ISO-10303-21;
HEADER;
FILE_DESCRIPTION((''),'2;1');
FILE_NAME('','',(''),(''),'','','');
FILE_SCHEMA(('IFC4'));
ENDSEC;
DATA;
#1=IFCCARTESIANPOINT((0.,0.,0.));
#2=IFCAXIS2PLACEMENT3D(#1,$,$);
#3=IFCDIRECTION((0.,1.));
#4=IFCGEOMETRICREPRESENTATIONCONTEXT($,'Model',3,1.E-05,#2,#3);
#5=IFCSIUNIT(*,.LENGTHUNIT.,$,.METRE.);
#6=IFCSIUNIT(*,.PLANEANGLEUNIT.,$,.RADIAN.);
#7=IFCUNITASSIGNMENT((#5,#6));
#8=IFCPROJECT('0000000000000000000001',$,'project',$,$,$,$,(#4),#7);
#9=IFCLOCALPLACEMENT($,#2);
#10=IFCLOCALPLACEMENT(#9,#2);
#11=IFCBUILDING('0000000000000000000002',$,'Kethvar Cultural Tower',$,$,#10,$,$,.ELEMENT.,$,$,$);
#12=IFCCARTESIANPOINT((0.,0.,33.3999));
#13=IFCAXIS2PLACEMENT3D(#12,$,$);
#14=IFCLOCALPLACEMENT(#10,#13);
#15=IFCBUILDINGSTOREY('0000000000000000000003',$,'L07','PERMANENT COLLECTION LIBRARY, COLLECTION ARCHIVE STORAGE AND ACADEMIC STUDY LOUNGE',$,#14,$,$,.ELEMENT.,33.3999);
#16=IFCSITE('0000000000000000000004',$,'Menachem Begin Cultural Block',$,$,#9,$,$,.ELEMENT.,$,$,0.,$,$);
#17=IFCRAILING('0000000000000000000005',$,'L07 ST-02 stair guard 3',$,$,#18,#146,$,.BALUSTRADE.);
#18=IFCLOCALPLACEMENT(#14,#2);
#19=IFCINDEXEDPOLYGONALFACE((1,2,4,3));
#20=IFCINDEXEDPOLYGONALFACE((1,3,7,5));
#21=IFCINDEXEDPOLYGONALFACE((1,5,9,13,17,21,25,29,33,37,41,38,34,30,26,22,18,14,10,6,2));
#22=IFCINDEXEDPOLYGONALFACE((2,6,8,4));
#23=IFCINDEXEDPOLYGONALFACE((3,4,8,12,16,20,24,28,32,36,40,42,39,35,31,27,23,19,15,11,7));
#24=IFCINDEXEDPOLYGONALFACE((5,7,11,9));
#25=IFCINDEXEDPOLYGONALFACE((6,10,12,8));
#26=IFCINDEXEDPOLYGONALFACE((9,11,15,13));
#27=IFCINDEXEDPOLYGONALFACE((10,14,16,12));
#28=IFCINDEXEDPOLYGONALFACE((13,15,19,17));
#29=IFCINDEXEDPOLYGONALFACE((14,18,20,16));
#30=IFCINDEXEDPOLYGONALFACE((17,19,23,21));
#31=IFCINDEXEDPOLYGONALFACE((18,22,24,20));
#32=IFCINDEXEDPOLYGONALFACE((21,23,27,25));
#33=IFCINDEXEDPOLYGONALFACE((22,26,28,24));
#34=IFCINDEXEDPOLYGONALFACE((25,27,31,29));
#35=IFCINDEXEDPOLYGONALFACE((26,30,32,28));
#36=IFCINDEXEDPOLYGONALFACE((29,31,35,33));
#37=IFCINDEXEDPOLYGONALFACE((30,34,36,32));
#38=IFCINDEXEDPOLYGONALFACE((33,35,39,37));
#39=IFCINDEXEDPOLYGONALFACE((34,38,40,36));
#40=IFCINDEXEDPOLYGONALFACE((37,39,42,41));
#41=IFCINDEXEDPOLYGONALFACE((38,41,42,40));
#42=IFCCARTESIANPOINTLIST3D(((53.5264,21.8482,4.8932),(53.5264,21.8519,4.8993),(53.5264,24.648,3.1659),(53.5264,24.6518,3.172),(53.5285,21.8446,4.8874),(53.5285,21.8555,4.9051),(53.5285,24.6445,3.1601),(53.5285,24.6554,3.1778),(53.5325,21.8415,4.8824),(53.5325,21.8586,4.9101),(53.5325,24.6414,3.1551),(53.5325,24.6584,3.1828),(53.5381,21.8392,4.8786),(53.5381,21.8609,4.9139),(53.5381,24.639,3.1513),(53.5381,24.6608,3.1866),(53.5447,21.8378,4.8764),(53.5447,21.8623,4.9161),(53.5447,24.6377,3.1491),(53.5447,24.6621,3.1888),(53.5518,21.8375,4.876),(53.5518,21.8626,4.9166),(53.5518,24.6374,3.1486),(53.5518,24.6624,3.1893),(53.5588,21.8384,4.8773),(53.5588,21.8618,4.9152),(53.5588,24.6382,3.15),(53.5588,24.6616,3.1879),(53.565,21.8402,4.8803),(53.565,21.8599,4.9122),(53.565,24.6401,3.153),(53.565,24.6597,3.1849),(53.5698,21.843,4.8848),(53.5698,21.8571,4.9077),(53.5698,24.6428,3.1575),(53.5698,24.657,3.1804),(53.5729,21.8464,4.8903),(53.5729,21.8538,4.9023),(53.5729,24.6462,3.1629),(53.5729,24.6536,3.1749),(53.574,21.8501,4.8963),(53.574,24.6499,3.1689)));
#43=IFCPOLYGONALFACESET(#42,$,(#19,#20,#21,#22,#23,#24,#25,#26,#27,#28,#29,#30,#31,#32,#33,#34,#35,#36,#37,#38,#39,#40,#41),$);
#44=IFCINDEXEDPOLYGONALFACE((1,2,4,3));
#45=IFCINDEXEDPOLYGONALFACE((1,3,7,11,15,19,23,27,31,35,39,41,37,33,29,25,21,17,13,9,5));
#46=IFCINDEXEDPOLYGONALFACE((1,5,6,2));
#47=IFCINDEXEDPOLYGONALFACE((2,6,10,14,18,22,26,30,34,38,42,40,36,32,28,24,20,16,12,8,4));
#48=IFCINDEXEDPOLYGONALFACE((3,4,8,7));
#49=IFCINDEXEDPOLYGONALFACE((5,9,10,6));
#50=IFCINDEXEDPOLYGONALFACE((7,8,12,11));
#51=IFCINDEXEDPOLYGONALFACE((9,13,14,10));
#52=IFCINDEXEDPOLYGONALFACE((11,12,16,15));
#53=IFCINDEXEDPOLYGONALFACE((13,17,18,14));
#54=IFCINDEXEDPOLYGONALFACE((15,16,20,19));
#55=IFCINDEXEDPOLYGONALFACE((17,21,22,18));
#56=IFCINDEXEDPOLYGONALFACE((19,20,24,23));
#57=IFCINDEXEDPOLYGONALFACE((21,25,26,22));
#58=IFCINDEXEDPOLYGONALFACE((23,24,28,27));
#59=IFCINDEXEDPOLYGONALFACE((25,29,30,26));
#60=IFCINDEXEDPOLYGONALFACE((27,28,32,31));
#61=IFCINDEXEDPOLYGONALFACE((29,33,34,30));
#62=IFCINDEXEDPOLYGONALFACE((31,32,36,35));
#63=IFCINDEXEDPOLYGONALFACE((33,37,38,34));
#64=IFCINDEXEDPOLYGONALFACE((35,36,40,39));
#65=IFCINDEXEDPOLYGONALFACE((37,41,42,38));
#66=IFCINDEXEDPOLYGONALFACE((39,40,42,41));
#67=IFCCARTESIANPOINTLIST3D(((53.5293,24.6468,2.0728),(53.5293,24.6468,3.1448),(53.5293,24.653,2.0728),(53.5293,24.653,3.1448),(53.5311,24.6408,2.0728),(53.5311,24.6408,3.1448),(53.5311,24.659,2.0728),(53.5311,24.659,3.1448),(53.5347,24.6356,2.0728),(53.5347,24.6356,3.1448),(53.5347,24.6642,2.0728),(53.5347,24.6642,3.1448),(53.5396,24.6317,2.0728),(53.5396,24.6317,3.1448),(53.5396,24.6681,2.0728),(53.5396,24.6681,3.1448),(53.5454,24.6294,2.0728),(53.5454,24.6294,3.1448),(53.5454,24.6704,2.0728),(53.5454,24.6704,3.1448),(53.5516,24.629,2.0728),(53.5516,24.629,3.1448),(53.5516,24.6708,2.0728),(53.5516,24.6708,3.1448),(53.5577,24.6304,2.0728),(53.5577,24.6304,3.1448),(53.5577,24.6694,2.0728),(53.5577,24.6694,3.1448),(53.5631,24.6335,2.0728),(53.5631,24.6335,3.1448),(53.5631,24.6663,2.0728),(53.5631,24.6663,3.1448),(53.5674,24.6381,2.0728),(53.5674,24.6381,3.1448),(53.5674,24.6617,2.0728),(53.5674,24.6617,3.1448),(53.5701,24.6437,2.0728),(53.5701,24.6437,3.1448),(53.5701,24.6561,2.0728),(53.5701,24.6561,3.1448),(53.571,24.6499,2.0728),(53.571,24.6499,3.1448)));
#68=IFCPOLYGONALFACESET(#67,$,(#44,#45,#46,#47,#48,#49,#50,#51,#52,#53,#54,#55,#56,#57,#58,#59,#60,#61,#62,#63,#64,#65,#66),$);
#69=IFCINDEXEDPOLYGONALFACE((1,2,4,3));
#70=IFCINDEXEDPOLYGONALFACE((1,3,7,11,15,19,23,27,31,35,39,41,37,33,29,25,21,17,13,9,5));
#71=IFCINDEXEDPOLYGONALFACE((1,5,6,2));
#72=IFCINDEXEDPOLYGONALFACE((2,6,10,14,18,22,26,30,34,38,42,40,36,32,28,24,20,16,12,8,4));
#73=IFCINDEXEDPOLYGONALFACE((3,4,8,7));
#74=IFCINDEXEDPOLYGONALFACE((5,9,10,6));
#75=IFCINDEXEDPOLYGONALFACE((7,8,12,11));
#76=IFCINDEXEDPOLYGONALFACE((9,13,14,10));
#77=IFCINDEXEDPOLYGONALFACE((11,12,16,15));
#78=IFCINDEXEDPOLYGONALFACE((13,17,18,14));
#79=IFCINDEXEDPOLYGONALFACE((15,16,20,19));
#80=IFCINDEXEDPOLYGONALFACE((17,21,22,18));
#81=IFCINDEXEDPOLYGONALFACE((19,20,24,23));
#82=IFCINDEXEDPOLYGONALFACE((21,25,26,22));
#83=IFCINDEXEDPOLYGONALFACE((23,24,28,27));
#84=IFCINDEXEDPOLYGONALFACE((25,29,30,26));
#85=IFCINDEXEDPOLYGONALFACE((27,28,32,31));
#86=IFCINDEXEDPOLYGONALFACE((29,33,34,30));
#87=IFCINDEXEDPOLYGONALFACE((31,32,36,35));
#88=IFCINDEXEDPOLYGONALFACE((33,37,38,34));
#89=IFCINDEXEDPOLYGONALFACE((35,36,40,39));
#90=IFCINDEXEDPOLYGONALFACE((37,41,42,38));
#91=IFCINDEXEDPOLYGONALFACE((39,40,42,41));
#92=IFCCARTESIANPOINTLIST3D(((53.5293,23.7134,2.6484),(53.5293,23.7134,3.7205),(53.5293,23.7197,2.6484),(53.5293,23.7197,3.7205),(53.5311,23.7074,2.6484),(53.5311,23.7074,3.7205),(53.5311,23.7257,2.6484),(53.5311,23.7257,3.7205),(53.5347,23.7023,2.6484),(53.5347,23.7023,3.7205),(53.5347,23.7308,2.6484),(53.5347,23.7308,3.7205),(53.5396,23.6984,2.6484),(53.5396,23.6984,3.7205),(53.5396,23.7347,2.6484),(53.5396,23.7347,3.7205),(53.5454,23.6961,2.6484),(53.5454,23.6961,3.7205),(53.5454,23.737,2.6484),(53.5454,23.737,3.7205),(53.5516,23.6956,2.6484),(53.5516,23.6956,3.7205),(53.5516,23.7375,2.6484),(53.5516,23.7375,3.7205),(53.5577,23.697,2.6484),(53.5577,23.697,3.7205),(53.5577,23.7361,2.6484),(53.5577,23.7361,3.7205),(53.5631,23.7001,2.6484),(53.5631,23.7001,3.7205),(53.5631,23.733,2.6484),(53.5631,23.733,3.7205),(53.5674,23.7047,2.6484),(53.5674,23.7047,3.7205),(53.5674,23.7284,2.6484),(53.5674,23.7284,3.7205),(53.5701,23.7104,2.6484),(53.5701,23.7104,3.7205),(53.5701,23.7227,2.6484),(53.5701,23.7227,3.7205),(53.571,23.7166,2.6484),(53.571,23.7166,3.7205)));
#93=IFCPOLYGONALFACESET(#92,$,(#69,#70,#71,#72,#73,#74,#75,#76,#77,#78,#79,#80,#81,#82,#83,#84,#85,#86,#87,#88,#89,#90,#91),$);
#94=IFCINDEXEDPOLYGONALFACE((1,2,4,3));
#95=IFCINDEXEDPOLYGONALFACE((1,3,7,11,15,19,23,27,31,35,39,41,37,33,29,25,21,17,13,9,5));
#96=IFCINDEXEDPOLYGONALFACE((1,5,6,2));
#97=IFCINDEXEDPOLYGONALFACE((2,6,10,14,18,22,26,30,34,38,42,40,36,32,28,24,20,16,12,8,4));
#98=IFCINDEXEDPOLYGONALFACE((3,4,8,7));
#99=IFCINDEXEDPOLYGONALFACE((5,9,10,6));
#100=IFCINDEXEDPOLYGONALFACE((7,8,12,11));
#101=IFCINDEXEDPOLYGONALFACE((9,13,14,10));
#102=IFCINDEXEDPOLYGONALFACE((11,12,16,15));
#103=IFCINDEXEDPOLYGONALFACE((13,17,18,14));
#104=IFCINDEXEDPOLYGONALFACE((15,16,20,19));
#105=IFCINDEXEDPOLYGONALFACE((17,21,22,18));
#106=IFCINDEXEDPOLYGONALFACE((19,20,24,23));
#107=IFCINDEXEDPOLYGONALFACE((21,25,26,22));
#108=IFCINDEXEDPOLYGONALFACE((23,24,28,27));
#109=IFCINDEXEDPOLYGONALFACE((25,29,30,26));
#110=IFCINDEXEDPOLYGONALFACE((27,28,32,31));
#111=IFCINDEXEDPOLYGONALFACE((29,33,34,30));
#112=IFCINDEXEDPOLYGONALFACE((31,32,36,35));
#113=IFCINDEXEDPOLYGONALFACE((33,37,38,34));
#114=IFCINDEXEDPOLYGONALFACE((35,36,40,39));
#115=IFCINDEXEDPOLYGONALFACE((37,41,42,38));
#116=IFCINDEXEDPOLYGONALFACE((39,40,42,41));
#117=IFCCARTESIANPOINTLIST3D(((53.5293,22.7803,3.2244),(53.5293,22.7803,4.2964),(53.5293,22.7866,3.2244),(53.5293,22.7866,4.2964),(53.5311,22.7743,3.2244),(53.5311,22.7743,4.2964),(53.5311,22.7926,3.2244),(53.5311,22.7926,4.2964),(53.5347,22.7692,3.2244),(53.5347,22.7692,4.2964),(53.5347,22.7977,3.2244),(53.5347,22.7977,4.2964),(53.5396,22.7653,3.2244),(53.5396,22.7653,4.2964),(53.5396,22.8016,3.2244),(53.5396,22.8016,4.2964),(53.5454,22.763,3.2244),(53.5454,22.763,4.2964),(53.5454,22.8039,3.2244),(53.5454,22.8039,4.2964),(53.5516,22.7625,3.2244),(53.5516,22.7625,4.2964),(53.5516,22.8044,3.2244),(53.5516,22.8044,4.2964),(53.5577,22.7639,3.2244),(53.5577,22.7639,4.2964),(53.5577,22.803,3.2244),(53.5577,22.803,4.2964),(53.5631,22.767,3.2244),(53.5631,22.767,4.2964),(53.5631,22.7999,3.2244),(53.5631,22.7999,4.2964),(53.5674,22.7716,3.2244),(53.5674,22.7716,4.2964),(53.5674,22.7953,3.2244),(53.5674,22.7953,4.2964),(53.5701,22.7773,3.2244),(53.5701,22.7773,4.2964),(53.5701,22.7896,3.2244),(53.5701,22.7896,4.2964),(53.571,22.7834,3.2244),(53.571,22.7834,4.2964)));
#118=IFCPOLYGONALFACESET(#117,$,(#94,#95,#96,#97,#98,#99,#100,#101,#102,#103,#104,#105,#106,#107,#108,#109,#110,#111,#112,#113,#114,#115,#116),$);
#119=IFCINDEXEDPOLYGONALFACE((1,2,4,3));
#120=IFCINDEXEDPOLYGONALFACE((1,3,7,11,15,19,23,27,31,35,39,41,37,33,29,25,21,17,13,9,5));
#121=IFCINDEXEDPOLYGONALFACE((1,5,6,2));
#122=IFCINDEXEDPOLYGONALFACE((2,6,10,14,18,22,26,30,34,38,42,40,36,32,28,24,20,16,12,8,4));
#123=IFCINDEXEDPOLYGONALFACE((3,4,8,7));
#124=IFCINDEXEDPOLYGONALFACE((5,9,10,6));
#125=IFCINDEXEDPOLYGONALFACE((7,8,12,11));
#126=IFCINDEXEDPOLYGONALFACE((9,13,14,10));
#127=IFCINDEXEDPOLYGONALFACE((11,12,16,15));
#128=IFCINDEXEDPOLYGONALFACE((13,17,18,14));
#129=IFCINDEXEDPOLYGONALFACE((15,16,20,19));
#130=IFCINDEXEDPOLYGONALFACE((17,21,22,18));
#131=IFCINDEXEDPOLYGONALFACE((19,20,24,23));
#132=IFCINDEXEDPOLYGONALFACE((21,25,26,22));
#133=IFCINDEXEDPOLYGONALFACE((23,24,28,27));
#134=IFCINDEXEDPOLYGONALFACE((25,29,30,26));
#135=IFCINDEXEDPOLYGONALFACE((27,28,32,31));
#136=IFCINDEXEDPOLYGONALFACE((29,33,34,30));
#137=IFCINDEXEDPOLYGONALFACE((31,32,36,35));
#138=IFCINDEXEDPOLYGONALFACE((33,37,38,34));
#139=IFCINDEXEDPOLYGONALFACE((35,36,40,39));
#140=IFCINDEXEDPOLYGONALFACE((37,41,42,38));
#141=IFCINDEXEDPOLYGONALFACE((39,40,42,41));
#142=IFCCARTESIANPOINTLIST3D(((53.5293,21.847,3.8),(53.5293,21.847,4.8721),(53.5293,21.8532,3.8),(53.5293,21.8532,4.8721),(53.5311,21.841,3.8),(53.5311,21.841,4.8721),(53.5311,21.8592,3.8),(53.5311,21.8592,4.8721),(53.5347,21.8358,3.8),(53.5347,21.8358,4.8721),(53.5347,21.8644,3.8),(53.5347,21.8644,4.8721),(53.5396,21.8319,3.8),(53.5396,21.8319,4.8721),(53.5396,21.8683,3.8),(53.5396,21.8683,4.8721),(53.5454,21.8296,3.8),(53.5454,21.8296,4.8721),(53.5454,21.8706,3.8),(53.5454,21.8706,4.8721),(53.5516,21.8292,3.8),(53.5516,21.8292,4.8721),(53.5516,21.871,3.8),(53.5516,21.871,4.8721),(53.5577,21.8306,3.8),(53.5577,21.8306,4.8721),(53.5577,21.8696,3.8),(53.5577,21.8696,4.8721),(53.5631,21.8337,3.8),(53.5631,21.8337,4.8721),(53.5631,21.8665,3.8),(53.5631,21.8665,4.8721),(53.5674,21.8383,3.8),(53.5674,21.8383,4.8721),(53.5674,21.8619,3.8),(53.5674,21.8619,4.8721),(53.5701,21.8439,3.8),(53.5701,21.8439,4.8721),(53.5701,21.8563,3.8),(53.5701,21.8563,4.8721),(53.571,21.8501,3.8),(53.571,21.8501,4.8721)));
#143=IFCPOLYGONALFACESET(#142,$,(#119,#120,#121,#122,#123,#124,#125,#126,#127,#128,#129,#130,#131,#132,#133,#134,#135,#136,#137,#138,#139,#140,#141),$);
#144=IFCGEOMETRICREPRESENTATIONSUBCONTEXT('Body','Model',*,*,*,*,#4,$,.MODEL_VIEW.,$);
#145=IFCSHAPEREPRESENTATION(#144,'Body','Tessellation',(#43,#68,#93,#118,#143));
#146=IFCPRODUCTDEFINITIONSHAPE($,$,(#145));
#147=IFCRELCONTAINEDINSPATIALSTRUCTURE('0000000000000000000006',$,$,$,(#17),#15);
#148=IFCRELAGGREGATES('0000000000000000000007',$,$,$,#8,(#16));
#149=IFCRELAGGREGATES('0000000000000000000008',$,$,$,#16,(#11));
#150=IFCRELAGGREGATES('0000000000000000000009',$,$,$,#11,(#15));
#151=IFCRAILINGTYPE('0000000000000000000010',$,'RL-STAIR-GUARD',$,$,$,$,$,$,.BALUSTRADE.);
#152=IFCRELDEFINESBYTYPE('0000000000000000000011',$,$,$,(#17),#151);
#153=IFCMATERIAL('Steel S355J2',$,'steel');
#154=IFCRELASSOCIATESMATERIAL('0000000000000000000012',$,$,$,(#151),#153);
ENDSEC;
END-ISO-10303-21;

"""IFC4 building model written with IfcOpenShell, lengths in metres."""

from ifc_helpers import new_model, si_unit, direction, frame, origin, origin_2d, place, context, subcontext, project, spatial, circle, extrude, material, type_object, element, save


model = new_model("IFC4")

# Units and contexts
model_context = context("Model", 3, precision=1e-05, world=origin(), true_north=direction((0.0, 1.0)))
body_context = subcontext(model_context, "Body", "Model", "MODEL_VIEW")
ifc_project = project(units=[si_unit("LENGTHUNIT", "METRE"), si_unit("PLANEANGLEUNIT", "RADIAN")], contexts=[model_context])

# Site, building, storey
site_placement = place(None, origin())
site = spatial("IfcSite", under=ifc_project, at=site_placement, Name="Menachem Begin Cultural Block", CompositionType="ELEMENT", RefElevation=0.0)
building_placement = place(site_placement, origin())
building = spatial("IfcBuilding", under=site, at=building_placement, Name="Kethvar Cultural Tower", CompositionType="ELEMENT")
storey_placement = place(building_placement, frame((0.0, 0.0, 33.3999)))
storey = spatial("IfcBuildingStorey", under=building, at=storey_placement, Name="L07", Description="PERMANENT COLLECTION LIBRARY, COLLECTION ARCHIVE STORAGE AND ACADEMIC STUDY LOUNGE", CompositionType="ELEMENT", Elevation=33.3999)

# Shared definitions
ifc_material_1 = material(Name="Steel S355J2", Category="steel")

# Railing
railing_type_1 = type_object("IfcRailingType", Name="RL-STAIR-GUARD", PredefinedType="BALUSTRADE", material=ifc_material_1)
railing_1_placement = place(storey_placement, frame((53.55, 24.6499, 2.0728)))
element("IfcRailing", 1, at=railing_1_placement, inside=storey, type_object=railing_type_1, Name="L07 ST-02 stair guard 3", PredefinedType="BALUSTRADE", context=body_context, shape_type="SweptSolid", body=[
    extrude(circle(Radius=0.0239, at=origin_2d()), frame((0.0, 0.0, 1.0962), z_axis=(0.0, -0.851069, 0.525054), x_axis=(1.0, 0.0, 0.0)), (0.0, 0.0, 1.0), 3.2898),
    extrude(circle(Radius=0.021, at=origin_2d()), origin(), (0.0, 0.0, 1.0), 1.072),
    extrude(circle(Radius=0.021, at=origin_2d()), frame((0.0, -0.9333, 0.5757)), (0.0, 0.0, 1.0), 1.072),
    extrude(circle(Radius=0.021, at=origin_2d()), frame((0.0, -1.8665, 1.1516)), (0.0, 0.0, 1.0), 1.072),
    extrude(circle(Radius=0.021, at=origin_2d()), frame((0.0, -2.7998, 1.7273)), (0.0, 0.0, 1.0), 1.072),
])

save(model, "model.ifc")
